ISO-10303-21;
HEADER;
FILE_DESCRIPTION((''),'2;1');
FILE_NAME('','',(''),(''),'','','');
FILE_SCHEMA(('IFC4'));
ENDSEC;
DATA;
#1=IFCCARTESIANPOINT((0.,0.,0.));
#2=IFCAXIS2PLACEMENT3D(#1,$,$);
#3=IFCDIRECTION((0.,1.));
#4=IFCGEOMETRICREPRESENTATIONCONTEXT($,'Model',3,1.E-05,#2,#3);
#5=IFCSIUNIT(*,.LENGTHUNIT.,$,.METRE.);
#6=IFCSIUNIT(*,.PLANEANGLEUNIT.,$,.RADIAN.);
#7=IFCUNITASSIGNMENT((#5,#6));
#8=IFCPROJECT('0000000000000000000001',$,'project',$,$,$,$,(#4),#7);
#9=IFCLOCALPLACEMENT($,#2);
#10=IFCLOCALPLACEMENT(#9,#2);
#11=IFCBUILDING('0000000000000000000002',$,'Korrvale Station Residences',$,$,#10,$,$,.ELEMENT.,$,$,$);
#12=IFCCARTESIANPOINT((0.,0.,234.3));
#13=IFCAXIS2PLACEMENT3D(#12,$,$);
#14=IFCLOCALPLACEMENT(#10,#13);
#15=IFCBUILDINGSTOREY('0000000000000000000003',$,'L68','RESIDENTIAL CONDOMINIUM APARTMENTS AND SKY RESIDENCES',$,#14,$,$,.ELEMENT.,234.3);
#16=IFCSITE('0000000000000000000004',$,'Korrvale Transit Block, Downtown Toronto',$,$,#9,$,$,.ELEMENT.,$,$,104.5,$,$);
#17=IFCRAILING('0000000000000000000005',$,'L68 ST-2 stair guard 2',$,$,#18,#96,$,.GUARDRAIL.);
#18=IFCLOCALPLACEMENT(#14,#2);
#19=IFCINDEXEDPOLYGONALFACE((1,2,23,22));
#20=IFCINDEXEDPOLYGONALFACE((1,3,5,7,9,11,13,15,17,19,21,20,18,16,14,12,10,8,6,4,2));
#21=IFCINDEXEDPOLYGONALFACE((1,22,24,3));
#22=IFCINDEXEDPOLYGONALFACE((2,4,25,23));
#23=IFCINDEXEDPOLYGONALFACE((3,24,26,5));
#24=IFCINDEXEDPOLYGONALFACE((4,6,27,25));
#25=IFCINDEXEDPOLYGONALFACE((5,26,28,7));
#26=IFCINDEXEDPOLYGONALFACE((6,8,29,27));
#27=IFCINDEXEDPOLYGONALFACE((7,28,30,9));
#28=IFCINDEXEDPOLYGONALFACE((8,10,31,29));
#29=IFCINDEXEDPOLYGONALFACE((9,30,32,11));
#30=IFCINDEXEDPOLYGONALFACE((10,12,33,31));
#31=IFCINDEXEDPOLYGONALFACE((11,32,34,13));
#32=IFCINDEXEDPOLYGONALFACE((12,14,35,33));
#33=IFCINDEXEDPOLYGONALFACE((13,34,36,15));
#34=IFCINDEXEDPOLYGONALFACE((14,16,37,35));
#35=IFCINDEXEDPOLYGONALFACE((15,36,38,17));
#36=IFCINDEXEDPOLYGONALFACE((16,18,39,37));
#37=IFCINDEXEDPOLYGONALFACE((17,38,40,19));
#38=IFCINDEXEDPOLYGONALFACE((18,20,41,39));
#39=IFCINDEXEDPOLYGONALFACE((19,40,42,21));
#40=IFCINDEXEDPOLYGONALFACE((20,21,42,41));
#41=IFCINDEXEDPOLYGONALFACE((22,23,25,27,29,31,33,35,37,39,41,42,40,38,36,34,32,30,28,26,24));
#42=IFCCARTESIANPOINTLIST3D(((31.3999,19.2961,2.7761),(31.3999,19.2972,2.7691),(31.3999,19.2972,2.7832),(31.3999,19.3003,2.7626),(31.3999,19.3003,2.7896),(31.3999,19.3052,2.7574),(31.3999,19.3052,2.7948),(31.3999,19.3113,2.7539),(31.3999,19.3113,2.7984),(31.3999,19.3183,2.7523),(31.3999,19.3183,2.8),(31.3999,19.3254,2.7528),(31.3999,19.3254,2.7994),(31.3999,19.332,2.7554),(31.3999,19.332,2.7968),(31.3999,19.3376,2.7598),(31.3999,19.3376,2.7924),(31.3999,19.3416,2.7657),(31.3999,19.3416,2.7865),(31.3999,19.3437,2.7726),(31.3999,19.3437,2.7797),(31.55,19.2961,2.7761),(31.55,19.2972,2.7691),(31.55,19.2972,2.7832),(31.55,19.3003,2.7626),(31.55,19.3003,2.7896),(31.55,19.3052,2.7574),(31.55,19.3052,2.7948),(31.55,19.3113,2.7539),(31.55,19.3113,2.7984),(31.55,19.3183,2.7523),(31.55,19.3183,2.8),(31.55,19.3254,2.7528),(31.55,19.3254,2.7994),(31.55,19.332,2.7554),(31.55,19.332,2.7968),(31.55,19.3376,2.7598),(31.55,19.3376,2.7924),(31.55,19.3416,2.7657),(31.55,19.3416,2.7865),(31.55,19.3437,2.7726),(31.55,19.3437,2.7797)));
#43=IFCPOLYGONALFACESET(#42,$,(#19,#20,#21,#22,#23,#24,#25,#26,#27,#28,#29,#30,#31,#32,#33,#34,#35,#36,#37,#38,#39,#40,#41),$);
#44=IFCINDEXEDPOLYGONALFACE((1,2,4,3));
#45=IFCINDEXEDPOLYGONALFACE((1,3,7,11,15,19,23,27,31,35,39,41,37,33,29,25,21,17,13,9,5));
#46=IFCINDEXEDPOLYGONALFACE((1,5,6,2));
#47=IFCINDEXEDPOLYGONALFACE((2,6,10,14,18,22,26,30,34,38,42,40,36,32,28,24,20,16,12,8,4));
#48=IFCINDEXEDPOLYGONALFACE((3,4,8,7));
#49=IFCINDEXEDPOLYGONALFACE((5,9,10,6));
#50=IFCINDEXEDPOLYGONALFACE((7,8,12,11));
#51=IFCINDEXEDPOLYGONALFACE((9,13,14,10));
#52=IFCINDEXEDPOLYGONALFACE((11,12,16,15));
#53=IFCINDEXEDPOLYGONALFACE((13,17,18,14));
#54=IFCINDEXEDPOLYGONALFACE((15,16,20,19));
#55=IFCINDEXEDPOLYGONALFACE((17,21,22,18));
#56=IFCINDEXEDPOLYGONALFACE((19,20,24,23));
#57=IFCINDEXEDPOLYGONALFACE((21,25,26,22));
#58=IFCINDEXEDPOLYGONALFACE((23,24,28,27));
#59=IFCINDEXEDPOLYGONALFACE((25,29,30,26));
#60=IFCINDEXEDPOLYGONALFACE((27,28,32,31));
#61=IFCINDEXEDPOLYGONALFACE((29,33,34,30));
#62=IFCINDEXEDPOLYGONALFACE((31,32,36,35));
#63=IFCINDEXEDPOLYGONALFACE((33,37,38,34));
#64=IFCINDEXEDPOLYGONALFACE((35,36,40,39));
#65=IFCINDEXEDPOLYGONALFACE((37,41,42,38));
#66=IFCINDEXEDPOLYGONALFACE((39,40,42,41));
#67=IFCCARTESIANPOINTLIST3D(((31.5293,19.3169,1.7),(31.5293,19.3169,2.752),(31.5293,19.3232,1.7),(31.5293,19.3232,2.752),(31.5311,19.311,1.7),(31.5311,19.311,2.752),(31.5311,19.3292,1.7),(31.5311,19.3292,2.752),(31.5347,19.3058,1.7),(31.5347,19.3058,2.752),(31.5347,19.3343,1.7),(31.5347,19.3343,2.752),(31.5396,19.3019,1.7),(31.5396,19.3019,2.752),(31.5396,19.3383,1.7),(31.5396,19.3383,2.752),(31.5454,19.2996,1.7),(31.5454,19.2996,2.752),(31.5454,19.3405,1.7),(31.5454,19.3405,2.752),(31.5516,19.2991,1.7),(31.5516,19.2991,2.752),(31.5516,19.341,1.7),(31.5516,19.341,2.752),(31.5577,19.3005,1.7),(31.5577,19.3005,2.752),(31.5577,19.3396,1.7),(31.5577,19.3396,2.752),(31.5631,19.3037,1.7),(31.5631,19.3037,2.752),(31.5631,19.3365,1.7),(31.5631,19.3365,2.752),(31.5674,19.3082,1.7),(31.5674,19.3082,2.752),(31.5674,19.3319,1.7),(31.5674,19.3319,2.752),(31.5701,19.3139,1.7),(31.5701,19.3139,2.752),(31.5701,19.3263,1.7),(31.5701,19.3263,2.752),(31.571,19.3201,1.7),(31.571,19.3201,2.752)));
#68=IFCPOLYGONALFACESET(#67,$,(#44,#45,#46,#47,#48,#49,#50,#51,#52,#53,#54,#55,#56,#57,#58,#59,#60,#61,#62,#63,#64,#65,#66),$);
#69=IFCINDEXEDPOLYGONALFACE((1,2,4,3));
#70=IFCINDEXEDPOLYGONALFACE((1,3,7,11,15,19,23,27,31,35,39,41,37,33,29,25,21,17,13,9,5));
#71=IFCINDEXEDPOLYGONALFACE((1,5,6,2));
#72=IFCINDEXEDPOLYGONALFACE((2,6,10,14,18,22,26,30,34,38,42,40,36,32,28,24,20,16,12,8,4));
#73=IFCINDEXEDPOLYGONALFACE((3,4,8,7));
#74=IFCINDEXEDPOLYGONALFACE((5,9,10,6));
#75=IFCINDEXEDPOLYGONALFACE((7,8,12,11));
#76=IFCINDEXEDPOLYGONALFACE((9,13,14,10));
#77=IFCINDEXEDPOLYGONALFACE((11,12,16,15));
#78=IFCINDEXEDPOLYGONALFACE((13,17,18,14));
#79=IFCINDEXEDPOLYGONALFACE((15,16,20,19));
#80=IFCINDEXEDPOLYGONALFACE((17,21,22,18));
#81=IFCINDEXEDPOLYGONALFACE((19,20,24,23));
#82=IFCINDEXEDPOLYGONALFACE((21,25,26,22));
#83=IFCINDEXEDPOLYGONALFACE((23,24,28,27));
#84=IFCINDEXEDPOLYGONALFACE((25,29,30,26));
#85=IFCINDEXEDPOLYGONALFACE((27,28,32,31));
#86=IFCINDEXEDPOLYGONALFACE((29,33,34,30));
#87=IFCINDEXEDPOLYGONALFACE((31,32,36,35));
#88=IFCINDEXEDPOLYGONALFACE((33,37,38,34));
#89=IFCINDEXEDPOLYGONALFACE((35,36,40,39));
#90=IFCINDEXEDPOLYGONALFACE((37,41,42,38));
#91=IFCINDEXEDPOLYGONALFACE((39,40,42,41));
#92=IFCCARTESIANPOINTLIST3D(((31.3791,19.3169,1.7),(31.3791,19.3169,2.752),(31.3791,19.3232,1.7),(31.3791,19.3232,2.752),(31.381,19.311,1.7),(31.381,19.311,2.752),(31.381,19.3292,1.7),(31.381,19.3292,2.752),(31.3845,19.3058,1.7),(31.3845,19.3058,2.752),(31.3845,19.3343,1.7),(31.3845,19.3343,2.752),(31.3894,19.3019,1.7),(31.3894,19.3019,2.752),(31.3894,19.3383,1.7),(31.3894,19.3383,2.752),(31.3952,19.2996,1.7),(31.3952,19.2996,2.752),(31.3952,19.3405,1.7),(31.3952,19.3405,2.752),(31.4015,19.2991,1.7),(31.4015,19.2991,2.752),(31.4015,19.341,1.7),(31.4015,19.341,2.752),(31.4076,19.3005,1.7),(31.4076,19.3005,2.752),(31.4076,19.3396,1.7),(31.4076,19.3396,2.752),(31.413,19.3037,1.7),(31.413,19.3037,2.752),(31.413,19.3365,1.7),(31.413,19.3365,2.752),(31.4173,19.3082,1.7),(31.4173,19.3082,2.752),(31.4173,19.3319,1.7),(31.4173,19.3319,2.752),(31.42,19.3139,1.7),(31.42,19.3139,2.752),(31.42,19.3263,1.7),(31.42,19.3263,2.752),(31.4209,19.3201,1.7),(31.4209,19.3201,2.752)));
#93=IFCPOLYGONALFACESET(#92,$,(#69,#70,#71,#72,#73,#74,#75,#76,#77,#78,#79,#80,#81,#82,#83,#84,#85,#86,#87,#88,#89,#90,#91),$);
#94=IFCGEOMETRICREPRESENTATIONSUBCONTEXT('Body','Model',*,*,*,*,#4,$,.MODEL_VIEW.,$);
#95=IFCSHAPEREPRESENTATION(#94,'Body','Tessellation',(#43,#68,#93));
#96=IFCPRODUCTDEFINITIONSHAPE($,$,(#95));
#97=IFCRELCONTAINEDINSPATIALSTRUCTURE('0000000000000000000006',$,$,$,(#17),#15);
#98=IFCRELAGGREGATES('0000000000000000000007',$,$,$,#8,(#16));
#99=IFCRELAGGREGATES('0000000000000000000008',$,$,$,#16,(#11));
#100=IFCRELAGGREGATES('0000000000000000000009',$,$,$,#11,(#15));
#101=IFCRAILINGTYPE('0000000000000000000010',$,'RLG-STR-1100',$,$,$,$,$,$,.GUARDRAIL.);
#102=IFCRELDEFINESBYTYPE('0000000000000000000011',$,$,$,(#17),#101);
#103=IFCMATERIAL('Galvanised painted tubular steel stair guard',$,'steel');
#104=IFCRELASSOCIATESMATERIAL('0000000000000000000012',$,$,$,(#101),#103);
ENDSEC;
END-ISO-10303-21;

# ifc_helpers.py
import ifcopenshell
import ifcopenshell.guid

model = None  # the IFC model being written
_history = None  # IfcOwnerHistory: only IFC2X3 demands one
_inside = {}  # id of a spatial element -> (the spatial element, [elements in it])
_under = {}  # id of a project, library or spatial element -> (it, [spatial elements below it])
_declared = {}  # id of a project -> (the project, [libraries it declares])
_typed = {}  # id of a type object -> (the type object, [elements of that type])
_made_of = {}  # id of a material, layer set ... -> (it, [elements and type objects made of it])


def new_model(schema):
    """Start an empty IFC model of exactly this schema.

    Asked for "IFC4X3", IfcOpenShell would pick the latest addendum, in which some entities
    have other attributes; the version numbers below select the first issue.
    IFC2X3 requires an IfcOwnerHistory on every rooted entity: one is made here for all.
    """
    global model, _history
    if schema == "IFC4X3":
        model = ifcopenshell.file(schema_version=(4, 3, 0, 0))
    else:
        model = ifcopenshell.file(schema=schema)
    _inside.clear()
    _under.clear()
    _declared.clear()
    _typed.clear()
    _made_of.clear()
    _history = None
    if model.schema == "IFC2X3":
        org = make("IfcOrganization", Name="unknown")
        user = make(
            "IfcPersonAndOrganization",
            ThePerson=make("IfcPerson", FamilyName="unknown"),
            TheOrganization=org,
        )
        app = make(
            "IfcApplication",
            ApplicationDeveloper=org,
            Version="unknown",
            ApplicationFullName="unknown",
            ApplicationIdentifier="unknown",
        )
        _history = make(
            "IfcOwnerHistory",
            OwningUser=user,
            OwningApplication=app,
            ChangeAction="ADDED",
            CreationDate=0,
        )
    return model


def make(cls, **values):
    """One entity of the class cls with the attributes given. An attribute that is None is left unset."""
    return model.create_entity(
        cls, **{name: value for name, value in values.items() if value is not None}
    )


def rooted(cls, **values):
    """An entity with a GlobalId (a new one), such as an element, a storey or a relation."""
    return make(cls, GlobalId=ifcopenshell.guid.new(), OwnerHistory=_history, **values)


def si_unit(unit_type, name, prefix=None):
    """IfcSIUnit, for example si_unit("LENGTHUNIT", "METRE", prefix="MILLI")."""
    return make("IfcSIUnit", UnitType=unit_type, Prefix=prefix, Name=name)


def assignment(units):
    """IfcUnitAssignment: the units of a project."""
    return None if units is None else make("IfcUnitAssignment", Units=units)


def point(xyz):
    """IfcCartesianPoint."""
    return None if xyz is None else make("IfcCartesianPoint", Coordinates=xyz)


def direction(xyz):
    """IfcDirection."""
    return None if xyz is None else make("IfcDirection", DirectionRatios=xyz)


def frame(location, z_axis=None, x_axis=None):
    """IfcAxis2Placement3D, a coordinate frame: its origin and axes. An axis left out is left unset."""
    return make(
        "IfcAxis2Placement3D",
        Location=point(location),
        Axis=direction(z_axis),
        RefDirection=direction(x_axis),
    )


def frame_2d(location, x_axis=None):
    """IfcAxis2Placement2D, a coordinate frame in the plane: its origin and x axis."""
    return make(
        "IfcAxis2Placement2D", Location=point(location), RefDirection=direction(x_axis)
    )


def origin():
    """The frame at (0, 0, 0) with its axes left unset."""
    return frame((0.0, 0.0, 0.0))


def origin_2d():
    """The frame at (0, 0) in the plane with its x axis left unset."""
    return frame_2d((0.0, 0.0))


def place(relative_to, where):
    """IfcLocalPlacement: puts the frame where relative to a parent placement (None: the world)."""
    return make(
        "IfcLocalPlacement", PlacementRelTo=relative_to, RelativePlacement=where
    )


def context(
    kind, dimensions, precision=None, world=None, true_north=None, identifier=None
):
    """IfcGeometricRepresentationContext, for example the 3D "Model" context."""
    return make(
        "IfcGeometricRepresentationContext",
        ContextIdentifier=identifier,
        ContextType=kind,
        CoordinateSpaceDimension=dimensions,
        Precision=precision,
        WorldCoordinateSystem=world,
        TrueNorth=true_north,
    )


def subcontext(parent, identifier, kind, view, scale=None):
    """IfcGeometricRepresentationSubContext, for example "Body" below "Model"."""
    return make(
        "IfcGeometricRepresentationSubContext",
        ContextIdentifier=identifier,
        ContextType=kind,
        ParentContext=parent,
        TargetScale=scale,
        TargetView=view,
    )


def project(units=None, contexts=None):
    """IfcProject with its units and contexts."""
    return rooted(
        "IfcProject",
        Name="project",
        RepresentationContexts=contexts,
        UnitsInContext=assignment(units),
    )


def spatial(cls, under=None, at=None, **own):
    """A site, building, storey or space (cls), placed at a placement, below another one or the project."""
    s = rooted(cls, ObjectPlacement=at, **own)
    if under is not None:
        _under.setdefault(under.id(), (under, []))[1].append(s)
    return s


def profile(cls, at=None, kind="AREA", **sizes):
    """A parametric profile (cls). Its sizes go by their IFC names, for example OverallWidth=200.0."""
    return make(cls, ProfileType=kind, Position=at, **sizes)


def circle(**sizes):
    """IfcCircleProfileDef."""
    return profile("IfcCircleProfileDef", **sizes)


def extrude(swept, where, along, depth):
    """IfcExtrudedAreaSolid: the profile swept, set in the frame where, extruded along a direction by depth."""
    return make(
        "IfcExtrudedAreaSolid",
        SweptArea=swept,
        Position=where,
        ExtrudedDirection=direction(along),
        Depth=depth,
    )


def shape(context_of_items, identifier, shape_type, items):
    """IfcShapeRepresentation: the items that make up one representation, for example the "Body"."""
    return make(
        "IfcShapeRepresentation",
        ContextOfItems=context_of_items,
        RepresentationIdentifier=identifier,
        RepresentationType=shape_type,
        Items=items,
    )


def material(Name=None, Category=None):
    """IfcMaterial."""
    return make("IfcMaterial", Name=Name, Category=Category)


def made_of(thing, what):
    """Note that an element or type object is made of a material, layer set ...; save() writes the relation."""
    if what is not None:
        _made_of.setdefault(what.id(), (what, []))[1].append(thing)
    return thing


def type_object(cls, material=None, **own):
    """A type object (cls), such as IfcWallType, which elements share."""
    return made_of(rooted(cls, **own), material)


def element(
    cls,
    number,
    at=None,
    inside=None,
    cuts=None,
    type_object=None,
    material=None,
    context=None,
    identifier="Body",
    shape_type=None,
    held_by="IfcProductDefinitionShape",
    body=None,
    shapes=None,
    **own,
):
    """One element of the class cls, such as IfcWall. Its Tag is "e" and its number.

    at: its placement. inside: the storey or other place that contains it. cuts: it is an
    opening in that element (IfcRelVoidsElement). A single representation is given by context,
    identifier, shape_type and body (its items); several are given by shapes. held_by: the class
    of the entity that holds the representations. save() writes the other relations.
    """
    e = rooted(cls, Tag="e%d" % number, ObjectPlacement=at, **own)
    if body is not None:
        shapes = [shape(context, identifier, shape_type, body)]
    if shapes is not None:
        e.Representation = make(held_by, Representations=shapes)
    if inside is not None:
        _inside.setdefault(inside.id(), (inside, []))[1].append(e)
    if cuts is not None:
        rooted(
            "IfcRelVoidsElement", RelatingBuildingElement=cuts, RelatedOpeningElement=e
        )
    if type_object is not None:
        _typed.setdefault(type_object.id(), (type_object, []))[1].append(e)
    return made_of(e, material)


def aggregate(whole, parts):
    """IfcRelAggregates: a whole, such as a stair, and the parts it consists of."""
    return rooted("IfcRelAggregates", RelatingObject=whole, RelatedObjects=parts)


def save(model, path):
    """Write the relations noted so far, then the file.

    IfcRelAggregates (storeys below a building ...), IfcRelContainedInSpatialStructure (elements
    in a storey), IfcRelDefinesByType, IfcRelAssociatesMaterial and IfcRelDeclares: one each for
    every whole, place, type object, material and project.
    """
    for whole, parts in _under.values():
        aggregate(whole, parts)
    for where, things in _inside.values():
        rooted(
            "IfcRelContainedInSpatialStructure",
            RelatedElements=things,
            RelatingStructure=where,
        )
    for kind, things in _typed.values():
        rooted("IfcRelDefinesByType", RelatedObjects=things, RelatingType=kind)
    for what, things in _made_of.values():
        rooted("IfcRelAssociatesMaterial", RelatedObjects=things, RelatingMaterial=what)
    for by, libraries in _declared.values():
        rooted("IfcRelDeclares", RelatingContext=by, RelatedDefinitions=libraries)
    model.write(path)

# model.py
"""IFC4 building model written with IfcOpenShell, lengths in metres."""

from ifc_helpers import new_model, si_unit, direction, frame, origin, origin_2d, place, context, subcontext, project, spatial, circle, extrude, material, type_object, element, save


model = new_model("IFC4")

# Units and contexts
model_context = context("Model", 3, precision=1e-05, world=origin(), true_north=direction((0.0, 1.0)))
body_context = subcontext(model_context, "Body", "Model", "MODEL_VIEW")
ifc_project = project(units=[si_unit("LENGTHUNIT", "METRE"), si_unit("PLANEANGLEUNIT", "RADIAN")], contexts=[model_context])

# Site, building, storey
site_placement = place(None, origin())
site = spatial("IfcSite", under=ifc_project, at=site_placement, Name="Korrvale Transit Block, Downtown Toronto", CompositionType="ELEMENT", RefElevation=104.5)
building_placement = place(site_placement, origin())
building = spatial("IfcBuilding", under=site, at=building_placement, Name="Korrvale Station Residences", CompositionType="ELEMENT")
storey_placement = place(building_placement, frame((0.0, 0.0, 234.3)))
storey = spatial("IfcBuildingStorey", under=building, at=storey_placement, Name="L68", Description="RESIDENTIAL CONDOMINIUM APARTMENTS AND SKY RESIDENCES", CompositionType="ELEMENT", Elevation=234.3)

# Railing
ifc_material_1 = material(Name="Galvanised painted tubular steel stair guard", Category="steel")
railing_type_1 = type_object("IfcRailingType", Name="RLG-STR-1100", PredefinedType="GUARDRAIL", material=ifc_material_1)
railing_1_placement = place(storey_placement, frame((31.55, 19.3201, 1.7)))
element("IfcRailing", 1, at=railing_1_placement, inside=storey, type_object=railing_type_1, Name="L68 ST-2 stair guard 2", PredefinedType="GUARDRAIL", context=body_context, shape_type="SweptSolid", body=[
    extrude(circle(Radius=0.0239, at=origin_2d()), frame((0.0, 0.0, 1.0762), z_axis=(-1.0, 0.0, 0.0), x_axis=(0.0, -1.0, 0.0)), (0.0, 0.0, 1.0), 0.1501),
    extrude(circle(Radius=0.021, at=origin_2d()), origin(), (0.0, 0.0, 1.0), 1.052),
    extrude(circle(Radius=0.021, at=origin_2d()), frame((-0.1501, 0.0, 0.0)), (0.0, 0.0, 1.0), 1.052),
])

save(model, "model.ifc")
